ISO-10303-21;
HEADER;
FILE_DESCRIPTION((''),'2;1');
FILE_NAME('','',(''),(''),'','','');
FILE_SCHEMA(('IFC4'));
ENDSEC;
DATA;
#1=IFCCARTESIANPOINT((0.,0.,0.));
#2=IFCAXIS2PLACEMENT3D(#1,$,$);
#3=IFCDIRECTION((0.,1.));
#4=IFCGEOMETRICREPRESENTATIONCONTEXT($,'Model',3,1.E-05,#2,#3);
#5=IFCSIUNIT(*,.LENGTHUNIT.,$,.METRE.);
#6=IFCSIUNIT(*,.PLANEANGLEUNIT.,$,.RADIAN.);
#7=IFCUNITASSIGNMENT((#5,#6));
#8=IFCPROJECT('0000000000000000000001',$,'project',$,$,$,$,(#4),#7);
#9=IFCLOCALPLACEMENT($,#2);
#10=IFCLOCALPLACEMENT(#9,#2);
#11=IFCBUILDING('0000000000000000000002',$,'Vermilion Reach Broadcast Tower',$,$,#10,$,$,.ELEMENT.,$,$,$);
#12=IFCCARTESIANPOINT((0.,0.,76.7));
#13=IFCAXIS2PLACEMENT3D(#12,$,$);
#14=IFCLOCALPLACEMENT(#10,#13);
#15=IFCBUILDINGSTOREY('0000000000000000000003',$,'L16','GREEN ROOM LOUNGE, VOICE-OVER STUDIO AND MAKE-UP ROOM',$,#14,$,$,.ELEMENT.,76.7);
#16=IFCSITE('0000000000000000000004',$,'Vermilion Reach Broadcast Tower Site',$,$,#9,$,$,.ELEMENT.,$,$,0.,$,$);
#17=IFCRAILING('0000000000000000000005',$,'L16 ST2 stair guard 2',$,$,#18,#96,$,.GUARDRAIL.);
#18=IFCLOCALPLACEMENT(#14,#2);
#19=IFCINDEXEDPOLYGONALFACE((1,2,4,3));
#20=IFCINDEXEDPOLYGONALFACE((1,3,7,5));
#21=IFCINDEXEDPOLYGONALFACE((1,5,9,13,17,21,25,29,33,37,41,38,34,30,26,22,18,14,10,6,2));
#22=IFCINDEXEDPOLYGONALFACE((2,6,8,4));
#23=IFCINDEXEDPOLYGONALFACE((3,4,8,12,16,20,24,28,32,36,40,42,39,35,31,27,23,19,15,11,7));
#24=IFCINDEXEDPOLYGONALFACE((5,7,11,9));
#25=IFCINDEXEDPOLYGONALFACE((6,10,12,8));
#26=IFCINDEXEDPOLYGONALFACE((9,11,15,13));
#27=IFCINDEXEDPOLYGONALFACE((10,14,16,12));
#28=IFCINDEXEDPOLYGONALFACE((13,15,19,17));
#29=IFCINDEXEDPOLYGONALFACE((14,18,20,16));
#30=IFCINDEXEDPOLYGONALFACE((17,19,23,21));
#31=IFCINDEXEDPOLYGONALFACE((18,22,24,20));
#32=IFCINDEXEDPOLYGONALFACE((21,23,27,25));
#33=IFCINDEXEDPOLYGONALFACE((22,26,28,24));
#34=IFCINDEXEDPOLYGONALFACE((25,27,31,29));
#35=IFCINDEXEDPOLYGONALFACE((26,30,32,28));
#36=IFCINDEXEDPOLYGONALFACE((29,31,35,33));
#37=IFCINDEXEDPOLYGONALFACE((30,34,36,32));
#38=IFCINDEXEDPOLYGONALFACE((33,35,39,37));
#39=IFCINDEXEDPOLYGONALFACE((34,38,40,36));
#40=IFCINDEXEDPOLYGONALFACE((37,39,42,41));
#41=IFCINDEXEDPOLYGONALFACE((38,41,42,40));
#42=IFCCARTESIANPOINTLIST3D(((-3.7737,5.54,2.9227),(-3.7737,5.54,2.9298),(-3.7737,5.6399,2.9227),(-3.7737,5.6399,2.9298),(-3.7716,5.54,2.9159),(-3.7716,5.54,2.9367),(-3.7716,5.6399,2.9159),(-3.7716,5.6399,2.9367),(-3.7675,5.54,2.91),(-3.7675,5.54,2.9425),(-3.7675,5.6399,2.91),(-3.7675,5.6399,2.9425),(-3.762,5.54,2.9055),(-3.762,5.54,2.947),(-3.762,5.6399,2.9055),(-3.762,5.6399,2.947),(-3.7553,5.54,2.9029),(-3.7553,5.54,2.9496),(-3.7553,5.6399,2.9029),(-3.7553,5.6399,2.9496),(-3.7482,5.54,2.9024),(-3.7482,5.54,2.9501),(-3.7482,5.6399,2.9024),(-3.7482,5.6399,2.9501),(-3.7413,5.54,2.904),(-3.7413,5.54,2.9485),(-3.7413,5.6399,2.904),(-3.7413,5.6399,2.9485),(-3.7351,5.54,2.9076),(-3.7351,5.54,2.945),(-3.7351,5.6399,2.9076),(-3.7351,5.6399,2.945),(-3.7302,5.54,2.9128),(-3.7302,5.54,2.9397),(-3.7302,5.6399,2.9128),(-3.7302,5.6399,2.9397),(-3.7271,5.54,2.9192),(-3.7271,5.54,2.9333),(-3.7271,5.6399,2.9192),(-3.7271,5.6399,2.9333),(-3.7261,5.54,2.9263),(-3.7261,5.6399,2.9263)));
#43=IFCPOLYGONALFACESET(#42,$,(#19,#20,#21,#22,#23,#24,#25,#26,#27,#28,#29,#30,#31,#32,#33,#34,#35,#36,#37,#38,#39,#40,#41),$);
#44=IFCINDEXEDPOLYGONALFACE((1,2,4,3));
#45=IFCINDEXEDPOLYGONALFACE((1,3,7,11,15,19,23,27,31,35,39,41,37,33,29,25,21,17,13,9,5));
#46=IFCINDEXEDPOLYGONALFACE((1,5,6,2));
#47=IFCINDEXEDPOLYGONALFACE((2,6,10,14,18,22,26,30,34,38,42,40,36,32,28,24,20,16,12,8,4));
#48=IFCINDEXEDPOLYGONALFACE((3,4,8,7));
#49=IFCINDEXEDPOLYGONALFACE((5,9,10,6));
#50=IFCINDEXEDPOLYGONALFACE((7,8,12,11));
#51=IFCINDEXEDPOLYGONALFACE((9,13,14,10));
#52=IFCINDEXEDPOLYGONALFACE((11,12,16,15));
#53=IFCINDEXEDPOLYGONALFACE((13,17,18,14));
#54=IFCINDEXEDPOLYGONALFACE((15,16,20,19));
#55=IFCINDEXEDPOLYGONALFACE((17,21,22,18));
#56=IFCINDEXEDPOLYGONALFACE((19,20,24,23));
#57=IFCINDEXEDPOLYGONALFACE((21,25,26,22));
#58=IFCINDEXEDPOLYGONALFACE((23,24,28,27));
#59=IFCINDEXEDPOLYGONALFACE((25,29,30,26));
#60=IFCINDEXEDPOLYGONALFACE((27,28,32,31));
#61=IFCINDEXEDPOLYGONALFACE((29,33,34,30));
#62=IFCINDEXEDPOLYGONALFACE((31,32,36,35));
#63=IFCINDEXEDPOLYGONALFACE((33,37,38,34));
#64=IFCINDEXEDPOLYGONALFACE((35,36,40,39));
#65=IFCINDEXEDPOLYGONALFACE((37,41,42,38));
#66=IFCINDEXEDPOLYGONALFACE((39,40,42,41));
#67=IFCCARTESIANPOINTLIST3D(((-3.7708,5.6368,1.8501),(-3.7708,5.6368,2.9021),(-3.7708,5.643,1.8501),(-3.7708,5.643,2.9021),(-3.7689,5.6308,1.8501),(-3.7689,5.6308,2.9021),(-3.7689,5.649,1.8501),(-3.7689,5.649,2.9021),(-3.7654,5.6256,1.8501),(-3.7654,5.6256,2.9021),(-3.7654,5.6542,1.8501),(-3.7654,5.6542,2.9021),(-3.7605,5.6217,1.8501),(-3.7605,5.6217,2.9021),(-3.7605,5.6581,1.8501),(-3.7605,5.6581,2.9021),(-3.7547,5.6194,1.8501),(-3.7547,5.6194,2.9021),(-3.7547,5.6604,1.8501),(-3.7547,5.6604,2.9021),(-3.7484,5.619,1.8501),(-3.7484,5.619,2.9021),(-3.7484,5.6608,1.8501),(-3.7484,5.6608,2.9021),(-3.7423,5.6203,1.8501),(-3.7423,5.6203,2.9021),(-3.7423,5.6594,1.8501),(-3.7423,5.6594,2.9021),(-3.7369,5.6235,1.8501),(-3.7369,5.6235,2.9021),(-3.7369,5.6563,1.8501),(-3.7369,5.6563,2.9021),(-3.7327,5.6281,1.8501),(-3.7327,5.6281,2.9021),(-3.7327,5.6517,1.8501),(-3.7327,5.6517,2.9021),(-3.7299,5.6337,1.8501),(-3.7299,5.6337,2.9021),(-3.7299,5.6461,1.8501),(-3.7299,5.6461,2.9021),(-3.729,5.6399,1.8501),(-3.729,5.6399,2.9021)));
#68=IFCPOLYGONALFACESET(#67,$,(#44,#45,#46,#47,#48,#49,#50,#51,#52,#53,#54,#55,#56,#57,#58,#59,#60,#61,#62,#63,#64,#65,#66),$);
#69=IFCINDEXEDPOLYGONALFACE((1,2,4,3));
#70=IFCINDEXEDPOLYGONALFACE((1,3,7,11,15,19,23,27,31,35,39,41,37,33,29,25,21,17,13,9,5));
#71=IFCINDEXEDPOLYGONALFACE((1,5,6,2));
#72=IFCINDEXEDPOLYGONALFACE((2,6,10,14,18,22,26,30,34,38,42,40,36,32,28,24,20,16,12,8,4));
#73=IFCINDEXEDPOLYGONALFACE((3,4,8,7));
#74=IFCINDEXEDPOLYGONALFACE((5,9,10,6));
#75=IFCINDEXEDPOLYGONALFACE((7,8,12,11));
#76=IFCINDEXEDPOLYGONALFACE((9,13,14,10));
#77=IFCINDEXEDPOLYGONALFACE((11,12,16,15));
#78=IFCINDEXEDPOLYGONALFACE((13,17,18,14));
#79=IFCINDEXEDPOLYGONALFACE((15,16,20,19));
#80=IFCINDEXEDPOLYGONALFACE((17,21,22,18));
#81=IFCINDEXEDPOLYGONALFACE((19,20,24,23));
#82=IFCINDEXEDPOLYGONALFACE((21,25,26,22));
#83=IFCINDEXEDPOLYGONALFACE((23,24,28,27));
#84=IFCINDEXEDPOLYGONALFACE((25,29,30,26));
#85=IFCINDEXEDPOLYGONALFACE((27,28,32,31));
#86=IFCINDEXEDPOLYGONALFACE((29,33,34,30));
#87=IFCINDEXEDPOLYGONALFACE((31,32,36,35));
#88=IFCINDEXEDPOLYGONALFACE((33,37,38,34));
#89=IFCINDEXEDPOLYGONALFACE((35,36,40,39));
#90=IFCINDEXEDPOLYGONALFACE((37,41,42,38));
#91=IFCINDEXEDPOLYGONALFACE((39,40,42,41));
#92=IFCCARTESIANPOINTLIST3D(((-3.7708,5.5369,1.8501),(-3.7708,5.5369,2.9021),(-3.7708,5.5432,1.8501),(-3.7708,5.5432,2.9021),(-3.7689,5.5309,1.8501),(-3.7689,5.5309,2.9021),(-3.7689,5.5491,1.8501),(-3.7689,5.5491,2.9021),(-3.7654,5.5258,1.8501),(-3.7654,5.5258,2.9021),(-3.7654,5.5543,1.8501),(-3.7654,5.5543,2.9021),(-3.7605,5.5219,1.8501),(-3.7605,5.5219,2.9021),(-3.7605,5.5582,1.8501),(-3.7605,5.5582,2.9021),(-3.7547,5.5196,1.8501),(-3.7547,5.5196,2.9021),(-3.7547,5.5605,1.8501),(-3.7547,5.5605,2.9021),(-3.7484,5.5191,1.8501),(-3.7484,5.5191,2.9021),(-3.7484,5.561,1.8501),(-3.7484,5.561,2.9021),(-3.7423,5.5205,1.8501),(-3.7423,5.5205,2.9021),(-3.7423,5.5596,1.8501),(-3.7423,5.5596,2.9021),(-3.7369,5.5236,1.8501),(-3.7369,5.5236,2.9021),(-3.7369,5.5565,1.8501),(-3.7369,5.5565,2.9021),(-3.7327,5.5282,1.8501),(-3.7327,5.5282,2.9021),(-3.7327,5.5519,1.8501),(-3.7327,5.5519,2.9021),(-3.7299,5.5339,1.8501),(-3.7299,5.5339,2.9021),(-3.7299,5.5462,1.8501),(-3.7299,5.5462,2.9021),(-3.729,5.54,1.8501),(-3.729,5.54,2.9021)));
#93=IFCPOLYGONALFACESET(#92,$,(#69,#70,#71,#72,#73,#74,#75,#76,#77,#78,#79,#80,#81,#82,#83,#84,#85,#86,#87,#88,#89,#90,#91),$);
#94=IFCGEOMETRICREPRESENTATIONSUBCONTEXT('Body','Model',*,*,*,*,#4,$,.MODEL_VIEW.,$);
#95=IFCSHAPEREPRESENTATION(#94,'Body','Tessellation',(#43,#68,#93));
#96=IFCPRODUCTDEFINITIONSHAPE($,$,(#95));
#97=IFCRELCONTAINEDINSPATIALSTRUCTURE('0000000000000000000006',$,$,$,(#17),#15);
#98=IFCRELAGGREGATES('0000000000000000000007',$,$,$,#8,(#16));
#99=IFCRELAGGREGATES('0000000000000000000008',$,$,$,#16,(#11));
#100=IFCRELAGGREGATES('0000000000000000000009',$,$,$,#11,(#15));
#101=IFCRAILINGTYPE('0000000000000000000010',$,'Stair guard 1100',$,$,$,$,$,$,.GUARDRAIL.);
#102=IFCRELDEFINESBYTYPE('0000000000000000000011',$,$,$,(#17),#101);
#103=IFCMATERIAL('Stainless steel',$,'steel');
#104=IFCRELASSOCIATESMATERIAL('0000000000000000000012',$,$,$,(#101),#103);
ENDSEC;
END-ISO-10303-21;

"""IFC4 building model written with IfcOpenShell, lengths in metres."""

from ifc_helpers import new_model, si_unit, direction, frame, origin, origin_2d, place, context, subcontext, project, spatial, circle, extrude, material, type_object, element, save


model = new_model("IFC4")

# Units and contexts
model_context = context("Model", 3, precision=1e-05, world=origin(), true_north=direction((0.0, 1.0)))
body_context = subcontext(model_context, "Body", "Model", "MODEL_VIEW")
ifc_project = project(units=[si_unit("LENGTHUNIT", "METRE"), si_unit("PLANEANGLEUNIT", "RADIAN")], contexts=[model_context])

# Site, building, storey
site_placement = place(None, origin())
site = spatial("IfcSite", under=ifc_project, at=site_placement, Name="Vermilion Reach Broadcast Tower Site", CompositionType="ELEMENT", RefElevation=0.0)
building_placement = place(site_placement, origin())
building = spatial("IfcBuilding", under=site, at=building_placement, Name="Vermilion Reach Broadcast Tower", CompositionType="ELEMENT")
storey_placement = place(building_placement, frame((0.0, 0.0, 76.7)))
storey = spatial("IfcBuildingStorey", under=building, at=storey_placement, Name="L16", Description="GREEN ROOM LOUNGE, VOICE-OVER STUDIO AND MAKE-UP ROOM", CompositionType="ELEMENT", Elevation=76.7)

# Railing
ifc_material_1 = material(Name="Stainless steel", Category="steel")
railing_type_1 = type_object("IfcRailingType", Name="Stair guard 1100", PredefinedType="GUARDRAIL", material=ifc_material_1)
railing_1_placement = place(storey_placement, frame((-3.75, 5.6399, 1.8501)))
element("IfcRailing", 1, at=railing_1_placement, inside=storey, type_object=railing_type_1, Name="L16 ST2 stair guard 2", PredefinedType="GUARDRAIL", context=body_context, shape_type="SweptSolid", body=[
    extrude(circle(Radius=0.0239, at=origin_2d()), frame((0.0, 0.0, 1.0762), z_axis=(0.0, -1.0, 0.0), x_axis=(1.0, 0.0, 0.0)), (0.0, 0.0, 1.0), 0.0999),
    extrude(circle(Radius=0.021, at=origin_2d()), origin(), (0.0, 0.0, 1.0), 1.052),
    extrude(circle(Radius=0.021, at=origin_2d()), frame((0.0, -0.0999, 0.0)), (0.0, 0.0, 1.0), 1.052),
])

save(model, "model.ifc")
